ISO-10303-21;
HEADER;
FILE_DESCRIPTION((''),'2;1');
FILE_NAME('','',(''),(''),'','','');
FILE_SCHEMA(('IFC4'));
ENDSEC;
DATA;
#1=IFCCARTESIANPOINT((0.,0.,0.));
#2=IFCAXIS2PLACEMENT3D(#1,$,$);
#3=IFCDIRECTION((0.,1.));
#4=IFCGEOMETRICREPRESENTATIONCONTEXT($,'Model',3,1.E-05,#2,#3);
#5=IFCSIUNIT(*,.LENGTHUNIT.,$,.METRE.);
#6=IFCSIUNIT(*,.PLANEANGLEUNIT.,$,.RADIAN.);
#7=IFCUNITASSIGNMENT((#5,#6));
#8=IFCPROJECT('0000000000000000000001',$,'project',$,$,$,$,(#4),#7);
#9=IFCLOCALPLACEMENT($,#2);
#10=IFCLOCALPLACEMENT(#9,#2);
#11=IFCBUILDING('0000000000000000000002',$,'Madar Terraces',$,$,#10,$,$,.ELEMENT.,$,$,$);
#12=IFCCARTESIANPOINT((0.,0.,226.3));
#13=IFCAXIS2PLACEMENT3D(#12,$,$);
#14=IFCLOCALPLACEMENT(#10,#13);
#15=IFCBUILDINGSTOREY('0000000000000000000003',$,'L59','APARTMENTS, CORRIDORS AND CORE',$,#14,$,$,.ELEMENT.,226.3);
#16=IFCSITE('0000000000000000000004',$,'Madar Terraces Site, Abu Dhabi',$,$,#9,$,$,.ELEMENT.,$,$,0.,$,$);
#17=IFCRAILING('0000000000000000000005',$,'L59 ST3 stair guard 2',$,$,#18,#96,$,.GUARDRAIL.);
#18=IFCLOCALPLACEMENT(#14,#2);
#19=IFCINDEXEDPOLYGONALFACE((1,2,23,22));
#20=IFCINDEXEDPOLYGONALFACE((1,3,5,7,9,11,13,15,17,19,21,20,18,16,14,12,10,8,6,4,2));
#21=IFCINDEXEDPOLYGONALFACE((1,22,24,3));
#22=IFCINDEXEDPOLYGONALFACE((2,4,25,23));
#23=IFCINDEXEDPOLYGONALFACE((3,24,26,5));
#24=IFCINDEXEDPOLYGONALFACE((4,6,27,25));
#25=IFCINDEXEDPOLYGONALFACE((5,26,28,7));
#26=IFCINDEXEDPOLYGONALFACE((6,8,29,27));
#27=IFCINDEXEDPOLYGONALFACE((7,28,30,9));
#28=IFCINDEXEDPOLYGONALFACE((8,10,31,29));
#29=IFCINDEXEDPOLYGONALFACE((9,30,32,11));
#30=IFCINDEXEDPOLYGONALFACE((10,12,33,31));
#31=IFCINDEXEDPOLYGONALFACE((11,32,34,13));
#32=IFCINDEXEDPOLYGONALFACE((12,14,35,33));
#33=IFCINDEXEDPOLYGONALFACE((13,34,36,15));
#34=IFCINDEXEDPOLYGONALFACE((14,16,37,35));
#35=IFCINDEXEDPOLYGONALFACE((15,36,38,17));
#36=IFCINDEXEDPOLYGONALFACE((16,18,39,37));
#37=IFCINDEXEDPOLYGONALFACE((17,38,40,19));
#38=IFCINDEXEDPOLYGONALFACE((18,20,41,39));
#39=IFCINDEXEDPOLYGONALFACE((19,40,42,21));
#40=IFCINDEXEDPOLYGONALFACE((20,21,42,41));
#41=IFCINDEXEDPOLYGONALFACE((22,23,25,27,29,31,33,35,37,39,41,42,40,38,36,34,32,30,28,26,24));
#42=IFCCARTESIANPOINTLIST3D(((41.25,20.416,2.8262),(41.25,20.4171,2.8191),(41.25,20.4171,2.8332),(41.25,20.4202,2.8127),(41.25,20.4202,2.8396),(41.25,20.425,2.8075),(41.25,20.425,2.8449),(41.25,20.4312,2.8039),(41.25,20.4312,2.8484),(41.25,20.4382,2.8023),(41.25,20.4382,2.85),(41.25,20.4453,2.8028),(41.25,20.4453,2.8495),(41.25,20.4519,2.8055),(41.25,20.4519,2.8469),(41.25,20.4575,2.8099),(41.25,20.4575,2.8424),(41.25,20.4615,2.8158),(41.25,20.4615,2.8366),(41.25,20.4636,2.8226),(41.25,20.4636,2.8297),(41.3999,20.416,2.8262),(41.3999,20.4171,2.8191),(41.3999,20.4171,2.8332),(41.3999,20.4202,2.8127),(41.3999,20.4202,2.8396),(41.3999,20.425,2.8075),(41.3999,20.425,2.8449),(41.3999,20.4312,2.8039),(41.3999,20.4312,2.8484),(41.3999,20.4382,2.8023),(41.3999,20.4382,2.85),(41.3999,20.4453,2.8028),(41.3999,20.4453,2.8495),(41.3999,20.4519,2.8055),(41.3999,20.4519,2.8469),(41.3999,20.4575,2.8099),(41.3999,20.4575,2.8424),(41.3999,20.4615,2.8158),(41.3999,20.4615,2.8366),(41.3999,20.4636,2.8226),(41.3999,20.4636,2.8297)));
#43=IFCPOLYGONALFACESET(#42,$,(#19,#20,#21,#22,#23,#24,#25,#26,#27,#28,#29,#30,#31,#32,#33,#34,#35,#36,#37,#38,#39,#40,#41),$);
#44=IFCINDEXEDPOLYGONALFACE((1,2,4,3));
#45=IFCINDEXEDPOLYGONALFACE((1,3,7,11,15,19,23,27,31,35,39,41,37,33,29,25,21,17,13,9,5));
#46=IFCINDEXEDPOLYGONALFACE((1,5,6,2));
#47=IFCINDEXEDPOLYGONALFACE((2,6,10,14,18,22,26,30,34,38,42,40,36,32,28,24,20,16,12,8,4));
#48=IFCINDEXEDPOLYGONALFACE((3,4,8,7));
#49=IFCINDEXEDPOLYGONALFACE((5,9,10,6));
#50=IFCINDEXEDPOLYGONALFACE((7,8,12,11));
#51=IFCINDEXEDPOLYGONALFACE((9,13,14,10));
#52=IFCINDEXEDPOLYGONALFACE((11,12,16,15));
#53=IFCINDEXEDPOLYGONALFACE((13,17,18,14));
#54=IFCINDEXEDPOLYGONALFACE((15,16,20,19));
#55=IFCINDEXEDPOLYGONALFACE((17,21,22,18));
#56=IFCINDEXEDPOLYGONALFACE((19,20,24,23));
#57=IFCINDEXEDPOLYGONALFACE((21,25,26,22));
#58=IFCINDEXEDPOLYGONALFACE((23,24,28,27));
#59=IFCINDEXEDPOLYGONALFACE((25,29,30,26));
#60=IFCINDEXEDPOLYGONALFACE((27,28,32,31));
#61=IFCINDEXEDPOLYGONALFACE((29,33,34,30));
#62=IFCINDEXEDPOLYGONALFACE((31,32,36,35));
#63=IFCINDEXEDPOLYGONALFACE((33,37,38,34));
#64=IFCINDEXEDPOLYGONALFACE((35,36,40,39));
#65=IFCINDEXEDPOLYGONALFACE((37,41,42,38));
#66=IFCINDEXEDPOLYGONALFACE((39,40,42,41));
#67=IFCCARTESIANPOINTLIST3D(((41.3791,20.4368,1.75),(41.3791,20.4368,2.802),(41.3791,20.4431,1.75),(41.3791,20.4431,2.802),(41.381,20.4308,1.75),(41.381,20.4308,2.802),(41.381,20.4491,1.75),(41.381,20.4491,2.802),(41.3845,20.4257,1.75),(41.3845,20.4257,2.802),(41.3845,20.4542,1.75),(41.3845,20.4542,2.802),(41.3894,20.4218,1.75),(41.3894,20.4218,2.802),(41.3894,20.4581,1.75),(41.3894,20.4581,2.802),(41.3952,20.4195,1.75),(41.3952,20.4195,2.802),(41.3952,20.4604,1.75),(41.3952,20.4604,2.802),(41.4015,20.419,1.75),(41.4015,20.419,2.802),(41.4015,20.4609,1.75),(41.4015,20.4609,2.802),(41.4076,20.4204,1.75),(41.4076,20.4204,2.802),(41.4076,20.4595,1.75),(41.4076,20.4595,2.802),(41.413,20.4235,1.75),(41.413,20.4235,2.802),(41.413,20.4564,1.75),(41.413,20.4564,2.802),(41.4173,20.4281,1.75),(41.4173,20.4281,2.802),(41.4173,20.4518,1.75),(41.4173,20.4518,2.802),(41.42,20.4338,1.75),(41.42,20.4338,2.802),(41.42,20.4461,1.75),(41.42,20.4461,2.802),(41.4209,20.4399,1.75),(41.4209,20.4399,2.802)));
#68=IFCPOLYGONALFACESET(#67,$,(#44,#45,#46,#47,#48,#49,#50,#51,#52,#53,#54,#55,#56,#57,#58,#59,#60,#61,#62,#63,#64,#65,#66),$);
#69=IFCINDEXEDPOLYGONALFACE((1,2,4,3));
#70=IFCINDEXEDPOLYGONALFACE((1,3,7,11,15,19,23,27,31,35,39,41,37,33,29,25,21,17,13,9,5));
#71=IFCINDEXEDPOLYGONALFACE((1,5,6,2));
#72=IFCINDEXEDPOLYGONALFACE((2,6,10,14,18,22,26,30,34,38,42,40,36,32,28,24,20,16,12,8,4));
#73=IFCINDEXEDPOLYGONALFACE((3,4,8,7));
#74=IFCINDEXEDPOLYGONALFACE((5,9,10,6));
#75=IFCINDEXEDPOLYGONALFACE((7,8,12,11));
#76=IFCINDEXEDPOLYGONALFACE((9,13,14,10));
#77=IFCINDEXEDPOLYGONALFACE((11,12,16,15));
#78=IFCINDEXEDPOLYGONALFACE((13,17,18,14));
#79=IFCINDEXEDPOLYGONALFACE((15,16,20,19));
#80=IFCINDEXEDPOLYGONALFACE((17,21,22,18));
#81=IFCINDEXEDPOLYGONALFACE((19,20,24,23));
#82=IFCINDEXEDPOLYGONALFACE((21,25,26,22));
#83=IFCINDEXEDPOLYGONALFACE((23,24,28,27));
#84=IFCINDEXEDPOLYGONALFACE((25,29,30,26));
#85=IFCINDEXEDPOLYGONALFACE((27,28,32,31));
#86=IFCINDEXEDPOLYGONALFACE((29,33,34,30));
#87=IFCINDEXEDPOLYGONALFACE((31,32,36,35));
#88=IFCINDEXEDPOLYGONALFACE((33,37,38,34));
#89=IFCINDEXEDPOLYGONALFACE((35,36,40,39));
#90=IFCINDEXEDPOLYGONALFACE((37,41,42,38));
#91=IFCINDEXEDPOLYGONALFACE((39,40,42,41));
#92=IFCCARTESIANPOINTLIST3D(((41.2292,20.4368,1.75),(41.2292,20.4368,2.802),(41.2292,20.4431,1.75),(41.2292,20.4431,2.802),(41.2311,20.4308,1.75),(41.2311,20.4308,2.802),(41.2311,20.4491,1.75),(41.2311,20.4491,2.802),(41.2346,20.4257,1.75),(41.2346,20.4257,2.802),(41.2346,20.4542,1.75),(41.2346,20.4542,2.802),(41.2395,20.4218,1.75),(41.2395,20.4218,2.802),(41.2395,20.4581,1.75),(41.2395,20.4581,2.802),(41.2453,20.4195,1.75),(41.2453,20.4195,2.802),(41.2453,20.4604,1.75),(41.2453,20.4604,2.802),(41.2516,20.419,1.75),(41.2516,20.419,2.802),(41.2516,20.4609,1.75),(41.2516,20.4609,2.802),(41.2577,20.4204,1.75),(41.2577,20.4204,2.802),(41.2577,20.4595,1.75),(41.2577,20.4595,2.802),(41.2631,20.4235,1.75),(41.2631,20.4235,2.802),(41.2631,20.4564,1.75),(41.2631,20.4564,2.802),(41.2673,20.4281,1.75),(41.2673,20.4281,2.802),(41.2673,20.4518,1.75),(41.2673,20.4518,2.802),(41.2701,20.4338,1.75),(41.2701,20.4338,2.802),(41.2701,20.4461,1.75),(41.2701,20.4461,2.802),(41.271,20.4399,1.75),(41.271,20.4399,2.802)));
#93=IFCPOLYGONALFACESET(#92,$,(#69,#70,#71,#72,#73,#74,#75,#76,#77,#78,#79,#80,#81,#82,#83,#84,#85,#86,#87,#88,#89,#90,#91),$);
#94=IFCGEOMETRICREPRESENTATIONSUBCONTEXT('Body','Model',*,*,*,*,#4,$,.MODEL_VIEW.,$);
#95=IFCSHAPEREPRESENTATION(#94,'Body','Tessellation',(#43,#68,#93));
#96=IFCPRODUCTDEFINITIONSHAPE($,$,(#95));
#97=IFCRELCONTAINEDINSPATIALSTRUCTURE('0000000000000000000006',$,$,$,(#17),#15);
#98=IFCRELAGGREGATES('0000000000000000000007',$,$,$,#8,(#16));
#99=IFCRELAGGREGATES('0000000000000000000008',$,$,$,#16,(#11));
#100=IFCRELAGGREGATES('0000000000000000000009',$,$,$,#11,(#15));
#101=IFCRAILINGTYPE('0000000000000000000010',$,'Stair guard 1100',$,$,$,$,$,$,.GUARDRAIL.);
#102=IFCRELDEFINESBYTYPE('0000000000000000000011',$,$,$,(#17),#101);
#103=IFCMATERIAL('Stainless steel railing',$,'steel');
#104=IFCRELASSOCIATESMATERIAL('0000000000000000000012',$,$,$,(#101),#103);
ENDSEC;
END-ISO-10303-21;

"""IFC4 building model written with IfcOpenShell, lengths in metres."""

from ifc_helpers import new_model, si_unit, direction, frame, origin, origin_2d, place, context, subcontext, project, spatial, circle, extrude, material, type_object, element, save


model = new_model("IFC4")

# Units and contexts
model_context = context("Model", 3, precision=1e-05, world=origin(), true_north=direction((0.0, 1.0)))
body_context = subcontext(model_context, "Body", "Model", "MODEL_VIEW")
ifc_project = project(units=[si_unit("LENGTHUNIT", "METRE"), si_unit("PLANEANGLEUNIT", "RADIAN")], contexts=[model_context])

# Site, building, storey
site_placement = place(None, origin())
site = spatial("IfcSite", under=ifc_project, at=site_placement, Name="Madar Terraces Site, Abu Dhabi", CompositionType="ELEMENT", RefElevation=0.0)
building_placement = place(site_placement, origin())
building = spatial("IfcBuilding", under=site, at=building_placement, Name="Madar Terraces", CompositionType="ELEMENT")
storey_placement = place(building_placement, frame((0.0, 0.0, 226.3)))
storey = spatial("IfcBuildingStorey", under=building, at=storey_placement, Name="L59", Description="APARTMENTS, CORRIDORS AND CORE", CompositionType="ELEMENT", Elevation=226.3)

# Railing
ifc_material_1 = material(Name="Stainless steel railing", Category="steel")
railing_type_1 = type_object("IfcRailingType", Name="Stair guard 1100", PredefinedType="GUARDRAIL", material=ifc_material_1)
railing_1_placement = place(storey_placement, frame((41.3999, 20.4399, 1.75)))
element("IfcRailing", 1, at=railing_1_placement, inside=storey, type_object=railing_type_1, Name="L59 ST3 stair guard 2", PredefinedType="GUARDRAIL", context=body_context, shape_type="SweptSolid", body=[
    extrude(circle(Radius=0.0239, at=origin_2d()), frame((0.0, 0.0, 1.0762), z_axis=(-1.0, 0.0, 0.0), x_axis=(0.0, -1.0, 0.0)), (0.0, 0.0, 1.0), 0.1499),
    extrude(circle(Radius=0.021, at=origin_2d()), origin(), (0.0, 0.0, 1.0), 1.052),
    extrude(circle(Radius=0.021, at=origin_2d()), frame((-0.1499, 0.0, 0.0)), (0.0, 0.0, 1.0), 1.052),
])

save(model, "model.ifc")
